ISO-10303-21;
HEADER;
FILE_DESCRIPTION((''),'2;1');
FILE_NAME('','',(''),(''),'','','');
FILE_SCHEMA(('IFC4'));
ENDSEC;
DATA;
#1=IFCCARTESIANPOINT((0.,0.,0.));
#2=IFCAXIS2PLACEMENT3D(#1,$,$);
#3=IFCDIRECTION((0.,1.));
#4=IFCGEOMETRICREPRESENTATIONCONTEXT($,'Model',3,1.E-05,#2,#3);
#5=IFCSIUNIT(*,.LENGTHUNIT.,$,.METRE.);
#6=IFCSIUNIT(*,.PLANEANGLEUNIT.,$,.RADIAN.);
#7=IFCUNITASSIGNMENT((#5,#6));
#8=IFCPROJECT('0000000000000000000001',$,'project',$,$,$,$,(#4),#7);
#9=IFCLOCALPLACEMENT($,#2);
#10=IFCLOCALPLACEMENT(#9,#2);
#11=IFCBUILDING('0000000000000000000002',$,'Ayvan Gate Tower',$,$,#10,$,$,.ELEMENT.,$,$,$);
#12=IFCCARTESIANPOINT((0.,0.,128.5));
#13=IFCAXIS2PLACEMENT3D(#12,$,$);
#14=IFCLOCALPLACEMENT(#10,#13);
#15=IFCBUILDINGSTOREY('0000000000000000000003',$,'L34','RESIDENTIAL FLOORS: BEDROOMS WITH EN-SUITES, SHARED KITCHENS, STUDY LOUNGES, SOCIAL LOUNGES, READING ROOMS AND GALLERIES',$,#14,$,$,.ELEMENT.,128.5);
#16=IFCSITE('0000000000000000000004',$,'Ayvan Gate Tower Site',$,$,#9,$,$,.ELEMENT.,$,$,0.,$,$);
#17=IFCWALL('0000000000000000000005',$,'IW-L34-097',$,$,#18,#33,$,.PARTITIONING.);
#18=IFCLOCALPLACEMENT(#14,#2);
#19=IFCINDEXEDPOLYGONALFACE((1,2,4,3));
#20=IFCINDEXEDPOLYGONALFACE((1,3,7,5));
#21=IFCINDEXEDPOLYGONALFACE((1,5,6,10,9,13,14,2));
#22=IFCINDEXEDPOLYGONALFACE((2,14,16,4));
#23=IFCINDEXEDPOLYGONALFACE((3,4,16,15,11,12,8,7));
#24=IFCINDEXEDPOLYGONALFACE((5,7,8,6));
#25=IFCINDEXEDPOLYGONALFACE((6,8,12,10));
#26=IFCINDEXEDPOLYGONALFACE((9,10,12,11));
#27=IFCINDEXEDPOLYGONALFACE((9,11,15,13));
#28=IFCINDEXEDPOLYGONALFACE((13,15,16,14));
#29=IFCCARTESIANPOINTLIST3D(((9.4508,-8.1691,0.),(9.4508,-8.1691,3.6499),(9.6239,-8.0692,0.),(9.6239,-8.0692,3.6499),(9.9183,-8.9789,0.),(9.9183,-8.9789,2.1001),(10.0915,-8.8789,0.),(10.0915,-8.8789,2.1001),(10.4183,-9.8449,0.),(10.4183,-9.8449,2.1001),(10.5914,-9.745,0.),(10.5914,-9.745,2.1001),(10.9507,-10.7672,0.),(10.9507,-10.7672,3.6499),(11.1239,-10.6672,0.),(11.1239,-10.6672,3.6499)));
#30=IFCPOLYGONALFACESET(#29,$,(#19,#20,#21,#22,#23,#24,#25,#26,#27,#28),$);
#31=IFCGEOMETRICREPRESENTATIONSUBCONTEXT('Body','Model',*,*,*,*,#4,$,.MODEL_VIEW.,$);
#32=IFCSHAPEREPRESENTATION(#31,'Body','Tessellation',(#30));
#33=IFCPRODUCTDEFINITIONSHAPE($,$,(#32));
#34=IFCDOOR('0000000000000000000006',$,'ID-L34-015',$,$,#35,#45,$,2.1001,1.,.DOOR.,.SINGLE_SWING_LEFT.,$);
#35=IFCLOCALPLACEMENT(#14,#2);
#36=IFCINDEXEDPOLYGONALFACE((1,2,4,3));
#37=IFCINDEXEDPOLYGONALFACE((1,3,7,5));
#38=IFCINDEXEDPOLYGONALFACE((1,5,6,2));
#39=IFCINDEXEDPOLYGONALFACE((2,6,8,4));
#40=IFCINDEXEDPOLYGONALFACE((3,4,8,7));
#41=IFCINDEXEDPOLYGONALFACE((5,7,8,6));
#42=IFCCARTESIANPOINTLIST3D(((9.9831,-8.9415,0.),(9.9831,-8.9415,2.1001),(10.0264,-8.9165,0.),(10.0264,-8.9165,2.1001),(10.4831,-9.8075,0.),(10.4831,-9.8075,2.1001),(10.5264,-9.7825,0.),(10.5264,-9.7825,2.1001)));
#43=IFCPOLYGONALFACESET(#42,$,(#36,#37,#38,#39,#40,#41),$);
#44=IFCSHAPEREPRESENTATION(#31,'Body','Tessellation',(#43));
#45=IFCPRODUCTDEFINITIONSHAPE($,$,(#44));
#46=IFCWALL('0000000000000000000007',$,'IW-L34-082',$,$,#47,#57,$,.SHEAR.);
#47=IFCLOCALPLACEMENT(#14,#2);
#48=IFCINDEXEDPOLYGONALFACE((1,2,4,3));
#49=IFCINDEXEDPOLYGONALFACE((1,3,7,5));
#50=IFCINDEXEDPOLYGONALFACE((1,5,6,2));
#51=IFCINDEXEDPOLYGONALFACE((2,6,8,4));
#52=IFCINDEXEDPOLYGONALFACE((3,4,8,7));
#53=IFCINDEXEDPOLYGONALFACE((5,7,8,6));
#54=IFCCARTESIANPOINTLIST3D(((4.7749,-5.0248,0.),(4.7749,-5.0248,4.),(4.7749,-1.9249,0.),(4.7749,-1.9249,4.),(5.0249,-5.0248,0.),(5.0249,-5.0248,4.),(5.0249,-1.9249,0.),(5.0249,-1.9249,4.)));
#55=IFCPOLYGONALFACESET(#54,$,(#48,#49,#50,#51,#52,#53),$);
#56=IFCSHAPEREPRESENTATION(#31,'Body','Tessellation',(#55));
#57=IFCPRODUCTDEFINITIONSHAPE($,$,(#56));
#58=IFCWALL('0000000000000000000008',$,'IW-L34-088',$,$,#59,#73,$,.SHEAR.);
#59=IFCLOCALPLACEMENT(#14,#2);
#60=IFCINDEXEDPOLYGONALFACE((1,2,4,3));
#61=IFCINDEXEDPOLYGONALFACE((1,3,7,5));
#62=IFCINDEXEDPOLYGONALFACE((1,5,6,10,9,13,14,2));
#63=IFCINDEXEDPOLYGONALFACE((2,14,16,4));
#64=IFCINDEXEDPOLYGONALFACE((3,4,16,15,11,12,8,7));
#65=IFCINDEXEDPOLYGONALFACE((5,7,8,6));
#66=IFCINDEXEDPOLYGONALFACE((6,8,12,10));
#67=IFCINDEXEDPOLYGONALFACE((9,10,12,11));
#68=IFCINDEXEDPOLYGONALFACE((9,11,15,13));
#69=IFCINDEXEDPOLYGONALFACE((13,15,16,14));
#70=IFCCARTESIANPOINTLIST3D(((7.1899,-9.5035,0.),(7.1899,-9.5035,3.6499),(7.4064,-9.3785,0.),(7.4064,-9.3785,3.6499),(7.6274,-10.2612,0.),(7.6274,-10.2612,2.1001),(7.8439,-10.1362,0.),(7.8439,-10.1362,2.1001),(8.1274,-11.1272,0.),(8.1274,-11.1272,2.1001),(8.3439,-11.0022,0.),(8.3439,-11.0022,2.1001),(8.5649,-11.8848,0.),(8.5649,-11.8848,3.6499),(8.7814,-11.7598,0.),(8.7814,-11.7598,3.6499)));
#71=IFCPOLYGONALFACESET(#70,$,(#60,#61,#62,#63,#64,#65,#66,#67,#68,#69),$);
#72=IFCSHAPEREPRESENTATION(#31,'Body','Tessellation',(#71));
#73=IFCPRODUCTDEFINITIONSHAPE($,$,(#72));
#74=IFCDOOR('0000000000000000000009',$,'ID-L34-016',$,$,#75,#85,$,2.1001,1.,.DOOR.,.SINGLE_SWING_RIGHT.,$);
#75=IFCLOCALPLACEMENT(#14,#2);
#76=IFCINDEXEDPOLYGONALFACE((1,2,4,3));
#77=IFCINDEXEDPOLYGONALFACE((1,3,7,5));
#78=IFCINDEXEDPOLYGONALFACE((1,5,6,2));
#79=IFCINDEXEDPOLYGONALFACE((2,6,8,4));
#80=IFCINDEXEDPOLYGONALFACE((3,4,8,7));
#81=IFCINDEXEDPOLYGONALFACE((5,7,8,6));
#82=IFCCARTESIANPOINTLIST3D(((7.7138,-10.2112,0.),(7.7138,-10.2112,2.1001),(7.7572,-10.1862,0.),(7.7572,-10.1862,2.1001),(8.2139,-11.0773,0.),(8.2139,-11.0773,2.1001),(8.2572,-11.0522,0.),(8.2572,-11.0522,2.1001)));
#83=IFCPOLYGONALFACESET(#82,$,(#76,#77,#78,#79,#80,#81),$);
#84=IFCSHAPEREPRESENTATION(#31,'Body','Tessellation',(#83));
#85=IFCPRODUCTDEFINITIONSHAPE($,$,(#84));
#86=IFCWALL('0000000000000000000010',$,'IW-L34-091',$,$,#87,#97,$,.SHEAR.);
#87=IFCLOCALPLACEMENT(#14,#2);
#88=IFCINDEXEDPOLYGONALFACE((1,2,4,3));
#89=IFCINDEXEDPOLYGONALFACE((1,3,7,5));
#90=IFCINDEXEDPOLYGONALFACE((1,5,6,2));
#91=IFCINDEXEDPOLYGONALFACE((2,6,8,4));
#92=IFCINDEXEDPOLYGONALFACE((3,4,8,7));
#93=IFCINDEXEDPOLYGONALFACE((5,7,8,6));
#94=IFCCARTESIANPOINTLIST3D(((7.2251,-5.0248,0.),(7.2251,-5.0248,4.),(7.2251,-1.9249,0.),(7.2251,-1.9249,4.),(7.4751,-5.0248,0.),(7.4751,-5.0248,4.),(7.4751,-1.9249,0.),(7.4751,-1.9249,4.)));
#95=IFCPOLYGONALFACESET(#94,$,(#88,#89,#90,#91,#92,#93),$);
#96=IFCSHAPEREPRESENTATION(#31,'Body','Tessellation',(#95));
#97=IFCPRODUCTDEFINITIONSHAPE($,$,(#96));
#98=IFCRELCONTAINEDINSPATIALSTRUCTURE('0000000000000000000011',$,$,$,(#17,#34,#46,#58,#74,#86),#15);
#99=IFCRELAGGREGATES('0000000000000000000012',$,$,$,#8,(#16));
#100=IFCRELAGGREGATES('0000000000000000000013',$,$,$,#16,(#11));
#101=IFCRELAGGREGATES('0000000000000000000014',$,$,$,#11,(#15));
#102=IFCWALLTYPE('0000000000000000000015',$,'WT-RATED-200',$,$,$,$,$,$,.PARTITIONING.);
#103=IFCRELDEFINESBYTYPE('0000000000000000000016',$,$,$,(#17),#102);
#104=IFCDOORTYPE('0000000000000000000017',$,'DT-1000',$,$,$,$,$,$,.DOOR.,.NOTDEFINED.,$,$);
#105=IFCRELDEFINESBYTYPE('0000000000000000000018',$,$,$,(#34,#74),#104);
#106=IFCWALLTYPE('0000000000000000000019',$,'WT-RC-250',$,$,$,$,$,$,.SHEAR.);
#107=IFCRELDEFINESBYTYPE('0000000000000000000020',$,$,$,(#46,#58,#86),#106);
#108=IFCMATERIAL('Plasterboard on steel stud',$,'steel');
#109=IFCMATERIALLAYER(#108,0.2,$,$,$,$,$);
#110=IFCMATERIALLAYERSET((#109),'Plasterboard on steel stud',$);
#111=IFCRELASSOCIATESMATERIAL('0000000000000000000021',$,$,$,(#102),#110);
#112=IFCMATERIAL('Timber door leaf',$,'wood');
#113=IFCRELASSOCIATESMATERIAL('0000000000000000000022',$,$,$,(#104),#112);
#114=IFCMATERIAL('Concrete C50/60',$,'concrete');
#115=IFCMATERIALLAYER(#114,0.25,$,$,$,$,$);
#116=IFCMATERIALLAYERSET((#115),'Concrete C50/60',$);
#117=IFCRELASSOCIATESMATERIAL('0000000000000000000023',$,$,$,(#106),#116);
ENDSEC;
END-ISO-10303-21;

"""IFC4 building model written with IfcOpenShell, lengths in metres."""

from ifc_helpers import new_model, si_unit, direction, frame, frame_2d, origin, place, context, subcontext, project, spatial, rectangle, extrude, material, layer, layer_set, type_object, element, fill, save


model = new_model("IFC4")

# Units and contexts
model_context = context("Model", 3, precision=1e-05, world=origin(), true_north=direction((0.0, 1.0)))
body_context = subcontext(model_context, "Body", "Model", "MODEL_VIEW")
ifc_project = project(units=[si_unit("LENGTHUNIT", "METRE"), si_unit("PLANEANGLEUNIT", "RADIAN")], contexts=[model_context])

# Site, building, storey
site_placement = place(None, origin())
site = spatial("IfcSite", under=ifc_project, at=site_placement, Name="Ayvan Gate Tower Site", CompositionType="ELEMENT", RefElevation=0.0)
building_placement = place(site_placement, origin())
building = spatial("IfcBuilding", under=site, at=building_placement, Name="Ayvan Gate Tower", CompositionType="ELEMENT")
storey_placement = place(building_placement, frame((0.0, 0.0, 128.5)))
storey = spatial("IfcBuildingStorey", under=building, at=storey_placement, Name="L34", Description="RESIDENTIAL FLOORS: BEDROOMS WITH EN-SUITES, SHARED KITCHENS, STUDY LOUNGES, SOCIAL LOUNGES, READING ROOMS AND GALLERIES", CompositionType="ELEMENT", Elevation=128.5)

# Shared definitions
ifc_material_1 = material(Name="Timber door leaf", Category="wood")

# Shared definitions
ifc_material_2 = material(Name="Plasterboard on steel stud", Category="steel")

# Shared definitions
ifc_layer_1 = layer(ifc_material_2, 0.2)
ifc_layer_set_1 = layer_set([ifc_layer_1], Name="Plasterboard on steel stud")
wall_type_1 = type_object("IfcWallType", Name="WT-RATED-200", PredefinedType="PARTITIONING", material=ifc_layer_set_1)

# Wall, opening, door
wall_1_placement = place(storey_placement, frame((9.5374, -8.1191, 0.0), z_axis=(0.0, 0.0, 1.0), x_axis=(0.49999, -0.866031, 0.0)))
wall_1 = element("IfcWall", 1, at=wall_1_placement, inside=storey, type_object=wall_type_1, Name="IW-L34-097", PredefinedType="PARTITIONING", context=body_context, shape_type="SweptSolid", body=[
    extrude(rectangle(XDim=3.0, YDim=0.2, at=frame_2d((1.5, 0.0))), origin(), (0.0, 0.0, 1.0), 3.6499),
])
opening_1_placement = place(wall_1_placement, frame((0.9351, 0.0, 0.0)))
opening_1 = element("IfcOpeningElement", 2, at=opening_1_placement, cuts=wall_1, PredefinedType="OPENING", context=body_context, shape_type="SweptSolid", body=[
    extrude(rectangle(XDim=1.0, YDim=2.1001, at=frame_2d((0.5, 1.05))), frame((0.0, 0.1099, 0.0), z_axis=(0.0, -1.0, 0.0), x_axis=(1.0, 0.0, 0.0)), (0.0, 0.0, 1.0), 0.22),
])
door_type_1 = type_object("IfcDoorType", Name="DT-1000", OperationType="NOTDEFINED", PredefinedType="DOOR", material=ifc_material_1)
door_1_placement = place(opening_1_placement, origin())
door_1 = element("IfcDoor", 3, at=door_1_placement, inside=storey, type_object=door_type_1, Name="ID-L34-015", OperationType="SINGLE_SWING_LEFT", OverallHeight=2.1001, OverallWidth=1.0, PredefinedType="DOOR", context=body_context, shape_type="SweptSolid", body=[
    extrude(rectangle(XDim=1.0, YDim=2.1001, at=frame_2d((0.5, 1.05))), frame((0.0, 0.0249, 0.0), z_axis=(0.0, -1.0, 0.0), x_axis=(1.0, 0.0, 0.0)), (0.0, 0.0, 1.0), 0.05),
])
fill(opening_1, door_1)

# Wall
ifc_material_3 = material(Name="Concrete C50/60", Category="concrete")
ifc_layer_2 = layer(ifc_material_3, 0.25)
ifc_layer_set_2 = layer_set([ifc_layer_2], Name="Concrete C50/60")
wall_type_2 = type_object("IfcWallType", Name="WT-RC-250", PredefinedType="SHEAR", material=ifc_layer_set_2)
wall_2_placement = place(storey_placement, frame((4.8999, -1.925, 0.0), z_axis=(0.0, 0.0, 1.0), x_axis=(0.0, -1.0, 0.0)))
element("IfcWall", 4, at=wall_2_placement, inside=storey, type_object=wall_type_2, Name="IW-L34-082", PredefinedType="SHEAR", context=body_context, shape_type="SweptSolid", body=[
    extrude(rectangle(XDim=3.0999, YDim=0.25, at=frame_2d((1.5498, 0.0))), origin(), (0.0, 0.0, 1.0), 4.0),
])

# Wall, opening, door
wall_3_placement = place(storey_placement, frame((7.2981, -9.4409, 0.0), z_axis=(0.0, 0.0, 1.0), x_axis=(0.500035, -0.866005, 0.0)))
wall_3 = element("IfcWall", 5, at=wall_3_placement, inside=storey, type_object=wall_type_2, Name="IW-L34-088", PredefinedType="SHEAR", context=body_context, shape_type="SweptSolid", body=[
    extrude(rectangle(XDim=2.7498, YDim=0.25, at=frame_2d((1.375, 0.0))), origin(), (0.0, 0.0, 1.0), 3.6499),
])
opening_2_placement = place(wall_3_placement, frame((0.875, 0.0, 0.0)))
opening_2 = element("IfcOpeningElement", 6, at=opening_2_placement, cuts=wall_3, PredefinedType="OPENING", context=body_context, shape_type="SweptSolid", body=[
    extrude(rectangle(XDim=1.0, YDim=2.1001, at=frame_2d((0.5, 1.05))), frame((0.0, 0.135, 0.0), z_axis=(0.0, -1.0, 0.0), x_axis=(1.0, 0.0, 0.0)), (0.0, 0.0, 1.0), 0.27),
])
door_2_placement = place(opening_2_placement, origin())
door_2 = element("IfcDoor", 7, at=door_2_placement, inside=storey, type_object=door_type_1, Name="ID-L34-016", OperationType="SINGLE_SWING_RIGHT", OverallHeight=2.1001, OverallWidth=1.0, PredefinedType="DOOR", context=body_context, shape_type="SweptSolid", body=[
    extrude(rectangle(XDim=1.0, YDim=2.1001, at=frame_2d((0.5, 1.05))), frame((0.0, 0.0249, 0.0), z_axis=(0.0, -1.0, 0.0), x_axis=(1.0, 0.0, 0.0)), (0.0, 0.0, 1.0), 0.05),
])
fill(opening_2, door_2)

# Wall
wall_4_placement = place(storey_placement, frame((7.3501, -1.925, 0.0), z_axis=(0.0, 0.0, 1.0), x_axis=(0.0, -1.0, 0.0)))
element("IfcWall", 8, at=wall_4_placement, inside=storey, type_object=wall_type_2, Name="IW-L34-091", PredefinedType="SHEAR", context=body_context, shape_type="SweptSolid", body=[
    extrude(rectangle(XDim=3.0999, YDim=0.25, at=frame_2d((1.5498, 0.0))), origin(), (0.0, 0.0, 1.0), 4.0),
])

save(model, "model.ifc")
